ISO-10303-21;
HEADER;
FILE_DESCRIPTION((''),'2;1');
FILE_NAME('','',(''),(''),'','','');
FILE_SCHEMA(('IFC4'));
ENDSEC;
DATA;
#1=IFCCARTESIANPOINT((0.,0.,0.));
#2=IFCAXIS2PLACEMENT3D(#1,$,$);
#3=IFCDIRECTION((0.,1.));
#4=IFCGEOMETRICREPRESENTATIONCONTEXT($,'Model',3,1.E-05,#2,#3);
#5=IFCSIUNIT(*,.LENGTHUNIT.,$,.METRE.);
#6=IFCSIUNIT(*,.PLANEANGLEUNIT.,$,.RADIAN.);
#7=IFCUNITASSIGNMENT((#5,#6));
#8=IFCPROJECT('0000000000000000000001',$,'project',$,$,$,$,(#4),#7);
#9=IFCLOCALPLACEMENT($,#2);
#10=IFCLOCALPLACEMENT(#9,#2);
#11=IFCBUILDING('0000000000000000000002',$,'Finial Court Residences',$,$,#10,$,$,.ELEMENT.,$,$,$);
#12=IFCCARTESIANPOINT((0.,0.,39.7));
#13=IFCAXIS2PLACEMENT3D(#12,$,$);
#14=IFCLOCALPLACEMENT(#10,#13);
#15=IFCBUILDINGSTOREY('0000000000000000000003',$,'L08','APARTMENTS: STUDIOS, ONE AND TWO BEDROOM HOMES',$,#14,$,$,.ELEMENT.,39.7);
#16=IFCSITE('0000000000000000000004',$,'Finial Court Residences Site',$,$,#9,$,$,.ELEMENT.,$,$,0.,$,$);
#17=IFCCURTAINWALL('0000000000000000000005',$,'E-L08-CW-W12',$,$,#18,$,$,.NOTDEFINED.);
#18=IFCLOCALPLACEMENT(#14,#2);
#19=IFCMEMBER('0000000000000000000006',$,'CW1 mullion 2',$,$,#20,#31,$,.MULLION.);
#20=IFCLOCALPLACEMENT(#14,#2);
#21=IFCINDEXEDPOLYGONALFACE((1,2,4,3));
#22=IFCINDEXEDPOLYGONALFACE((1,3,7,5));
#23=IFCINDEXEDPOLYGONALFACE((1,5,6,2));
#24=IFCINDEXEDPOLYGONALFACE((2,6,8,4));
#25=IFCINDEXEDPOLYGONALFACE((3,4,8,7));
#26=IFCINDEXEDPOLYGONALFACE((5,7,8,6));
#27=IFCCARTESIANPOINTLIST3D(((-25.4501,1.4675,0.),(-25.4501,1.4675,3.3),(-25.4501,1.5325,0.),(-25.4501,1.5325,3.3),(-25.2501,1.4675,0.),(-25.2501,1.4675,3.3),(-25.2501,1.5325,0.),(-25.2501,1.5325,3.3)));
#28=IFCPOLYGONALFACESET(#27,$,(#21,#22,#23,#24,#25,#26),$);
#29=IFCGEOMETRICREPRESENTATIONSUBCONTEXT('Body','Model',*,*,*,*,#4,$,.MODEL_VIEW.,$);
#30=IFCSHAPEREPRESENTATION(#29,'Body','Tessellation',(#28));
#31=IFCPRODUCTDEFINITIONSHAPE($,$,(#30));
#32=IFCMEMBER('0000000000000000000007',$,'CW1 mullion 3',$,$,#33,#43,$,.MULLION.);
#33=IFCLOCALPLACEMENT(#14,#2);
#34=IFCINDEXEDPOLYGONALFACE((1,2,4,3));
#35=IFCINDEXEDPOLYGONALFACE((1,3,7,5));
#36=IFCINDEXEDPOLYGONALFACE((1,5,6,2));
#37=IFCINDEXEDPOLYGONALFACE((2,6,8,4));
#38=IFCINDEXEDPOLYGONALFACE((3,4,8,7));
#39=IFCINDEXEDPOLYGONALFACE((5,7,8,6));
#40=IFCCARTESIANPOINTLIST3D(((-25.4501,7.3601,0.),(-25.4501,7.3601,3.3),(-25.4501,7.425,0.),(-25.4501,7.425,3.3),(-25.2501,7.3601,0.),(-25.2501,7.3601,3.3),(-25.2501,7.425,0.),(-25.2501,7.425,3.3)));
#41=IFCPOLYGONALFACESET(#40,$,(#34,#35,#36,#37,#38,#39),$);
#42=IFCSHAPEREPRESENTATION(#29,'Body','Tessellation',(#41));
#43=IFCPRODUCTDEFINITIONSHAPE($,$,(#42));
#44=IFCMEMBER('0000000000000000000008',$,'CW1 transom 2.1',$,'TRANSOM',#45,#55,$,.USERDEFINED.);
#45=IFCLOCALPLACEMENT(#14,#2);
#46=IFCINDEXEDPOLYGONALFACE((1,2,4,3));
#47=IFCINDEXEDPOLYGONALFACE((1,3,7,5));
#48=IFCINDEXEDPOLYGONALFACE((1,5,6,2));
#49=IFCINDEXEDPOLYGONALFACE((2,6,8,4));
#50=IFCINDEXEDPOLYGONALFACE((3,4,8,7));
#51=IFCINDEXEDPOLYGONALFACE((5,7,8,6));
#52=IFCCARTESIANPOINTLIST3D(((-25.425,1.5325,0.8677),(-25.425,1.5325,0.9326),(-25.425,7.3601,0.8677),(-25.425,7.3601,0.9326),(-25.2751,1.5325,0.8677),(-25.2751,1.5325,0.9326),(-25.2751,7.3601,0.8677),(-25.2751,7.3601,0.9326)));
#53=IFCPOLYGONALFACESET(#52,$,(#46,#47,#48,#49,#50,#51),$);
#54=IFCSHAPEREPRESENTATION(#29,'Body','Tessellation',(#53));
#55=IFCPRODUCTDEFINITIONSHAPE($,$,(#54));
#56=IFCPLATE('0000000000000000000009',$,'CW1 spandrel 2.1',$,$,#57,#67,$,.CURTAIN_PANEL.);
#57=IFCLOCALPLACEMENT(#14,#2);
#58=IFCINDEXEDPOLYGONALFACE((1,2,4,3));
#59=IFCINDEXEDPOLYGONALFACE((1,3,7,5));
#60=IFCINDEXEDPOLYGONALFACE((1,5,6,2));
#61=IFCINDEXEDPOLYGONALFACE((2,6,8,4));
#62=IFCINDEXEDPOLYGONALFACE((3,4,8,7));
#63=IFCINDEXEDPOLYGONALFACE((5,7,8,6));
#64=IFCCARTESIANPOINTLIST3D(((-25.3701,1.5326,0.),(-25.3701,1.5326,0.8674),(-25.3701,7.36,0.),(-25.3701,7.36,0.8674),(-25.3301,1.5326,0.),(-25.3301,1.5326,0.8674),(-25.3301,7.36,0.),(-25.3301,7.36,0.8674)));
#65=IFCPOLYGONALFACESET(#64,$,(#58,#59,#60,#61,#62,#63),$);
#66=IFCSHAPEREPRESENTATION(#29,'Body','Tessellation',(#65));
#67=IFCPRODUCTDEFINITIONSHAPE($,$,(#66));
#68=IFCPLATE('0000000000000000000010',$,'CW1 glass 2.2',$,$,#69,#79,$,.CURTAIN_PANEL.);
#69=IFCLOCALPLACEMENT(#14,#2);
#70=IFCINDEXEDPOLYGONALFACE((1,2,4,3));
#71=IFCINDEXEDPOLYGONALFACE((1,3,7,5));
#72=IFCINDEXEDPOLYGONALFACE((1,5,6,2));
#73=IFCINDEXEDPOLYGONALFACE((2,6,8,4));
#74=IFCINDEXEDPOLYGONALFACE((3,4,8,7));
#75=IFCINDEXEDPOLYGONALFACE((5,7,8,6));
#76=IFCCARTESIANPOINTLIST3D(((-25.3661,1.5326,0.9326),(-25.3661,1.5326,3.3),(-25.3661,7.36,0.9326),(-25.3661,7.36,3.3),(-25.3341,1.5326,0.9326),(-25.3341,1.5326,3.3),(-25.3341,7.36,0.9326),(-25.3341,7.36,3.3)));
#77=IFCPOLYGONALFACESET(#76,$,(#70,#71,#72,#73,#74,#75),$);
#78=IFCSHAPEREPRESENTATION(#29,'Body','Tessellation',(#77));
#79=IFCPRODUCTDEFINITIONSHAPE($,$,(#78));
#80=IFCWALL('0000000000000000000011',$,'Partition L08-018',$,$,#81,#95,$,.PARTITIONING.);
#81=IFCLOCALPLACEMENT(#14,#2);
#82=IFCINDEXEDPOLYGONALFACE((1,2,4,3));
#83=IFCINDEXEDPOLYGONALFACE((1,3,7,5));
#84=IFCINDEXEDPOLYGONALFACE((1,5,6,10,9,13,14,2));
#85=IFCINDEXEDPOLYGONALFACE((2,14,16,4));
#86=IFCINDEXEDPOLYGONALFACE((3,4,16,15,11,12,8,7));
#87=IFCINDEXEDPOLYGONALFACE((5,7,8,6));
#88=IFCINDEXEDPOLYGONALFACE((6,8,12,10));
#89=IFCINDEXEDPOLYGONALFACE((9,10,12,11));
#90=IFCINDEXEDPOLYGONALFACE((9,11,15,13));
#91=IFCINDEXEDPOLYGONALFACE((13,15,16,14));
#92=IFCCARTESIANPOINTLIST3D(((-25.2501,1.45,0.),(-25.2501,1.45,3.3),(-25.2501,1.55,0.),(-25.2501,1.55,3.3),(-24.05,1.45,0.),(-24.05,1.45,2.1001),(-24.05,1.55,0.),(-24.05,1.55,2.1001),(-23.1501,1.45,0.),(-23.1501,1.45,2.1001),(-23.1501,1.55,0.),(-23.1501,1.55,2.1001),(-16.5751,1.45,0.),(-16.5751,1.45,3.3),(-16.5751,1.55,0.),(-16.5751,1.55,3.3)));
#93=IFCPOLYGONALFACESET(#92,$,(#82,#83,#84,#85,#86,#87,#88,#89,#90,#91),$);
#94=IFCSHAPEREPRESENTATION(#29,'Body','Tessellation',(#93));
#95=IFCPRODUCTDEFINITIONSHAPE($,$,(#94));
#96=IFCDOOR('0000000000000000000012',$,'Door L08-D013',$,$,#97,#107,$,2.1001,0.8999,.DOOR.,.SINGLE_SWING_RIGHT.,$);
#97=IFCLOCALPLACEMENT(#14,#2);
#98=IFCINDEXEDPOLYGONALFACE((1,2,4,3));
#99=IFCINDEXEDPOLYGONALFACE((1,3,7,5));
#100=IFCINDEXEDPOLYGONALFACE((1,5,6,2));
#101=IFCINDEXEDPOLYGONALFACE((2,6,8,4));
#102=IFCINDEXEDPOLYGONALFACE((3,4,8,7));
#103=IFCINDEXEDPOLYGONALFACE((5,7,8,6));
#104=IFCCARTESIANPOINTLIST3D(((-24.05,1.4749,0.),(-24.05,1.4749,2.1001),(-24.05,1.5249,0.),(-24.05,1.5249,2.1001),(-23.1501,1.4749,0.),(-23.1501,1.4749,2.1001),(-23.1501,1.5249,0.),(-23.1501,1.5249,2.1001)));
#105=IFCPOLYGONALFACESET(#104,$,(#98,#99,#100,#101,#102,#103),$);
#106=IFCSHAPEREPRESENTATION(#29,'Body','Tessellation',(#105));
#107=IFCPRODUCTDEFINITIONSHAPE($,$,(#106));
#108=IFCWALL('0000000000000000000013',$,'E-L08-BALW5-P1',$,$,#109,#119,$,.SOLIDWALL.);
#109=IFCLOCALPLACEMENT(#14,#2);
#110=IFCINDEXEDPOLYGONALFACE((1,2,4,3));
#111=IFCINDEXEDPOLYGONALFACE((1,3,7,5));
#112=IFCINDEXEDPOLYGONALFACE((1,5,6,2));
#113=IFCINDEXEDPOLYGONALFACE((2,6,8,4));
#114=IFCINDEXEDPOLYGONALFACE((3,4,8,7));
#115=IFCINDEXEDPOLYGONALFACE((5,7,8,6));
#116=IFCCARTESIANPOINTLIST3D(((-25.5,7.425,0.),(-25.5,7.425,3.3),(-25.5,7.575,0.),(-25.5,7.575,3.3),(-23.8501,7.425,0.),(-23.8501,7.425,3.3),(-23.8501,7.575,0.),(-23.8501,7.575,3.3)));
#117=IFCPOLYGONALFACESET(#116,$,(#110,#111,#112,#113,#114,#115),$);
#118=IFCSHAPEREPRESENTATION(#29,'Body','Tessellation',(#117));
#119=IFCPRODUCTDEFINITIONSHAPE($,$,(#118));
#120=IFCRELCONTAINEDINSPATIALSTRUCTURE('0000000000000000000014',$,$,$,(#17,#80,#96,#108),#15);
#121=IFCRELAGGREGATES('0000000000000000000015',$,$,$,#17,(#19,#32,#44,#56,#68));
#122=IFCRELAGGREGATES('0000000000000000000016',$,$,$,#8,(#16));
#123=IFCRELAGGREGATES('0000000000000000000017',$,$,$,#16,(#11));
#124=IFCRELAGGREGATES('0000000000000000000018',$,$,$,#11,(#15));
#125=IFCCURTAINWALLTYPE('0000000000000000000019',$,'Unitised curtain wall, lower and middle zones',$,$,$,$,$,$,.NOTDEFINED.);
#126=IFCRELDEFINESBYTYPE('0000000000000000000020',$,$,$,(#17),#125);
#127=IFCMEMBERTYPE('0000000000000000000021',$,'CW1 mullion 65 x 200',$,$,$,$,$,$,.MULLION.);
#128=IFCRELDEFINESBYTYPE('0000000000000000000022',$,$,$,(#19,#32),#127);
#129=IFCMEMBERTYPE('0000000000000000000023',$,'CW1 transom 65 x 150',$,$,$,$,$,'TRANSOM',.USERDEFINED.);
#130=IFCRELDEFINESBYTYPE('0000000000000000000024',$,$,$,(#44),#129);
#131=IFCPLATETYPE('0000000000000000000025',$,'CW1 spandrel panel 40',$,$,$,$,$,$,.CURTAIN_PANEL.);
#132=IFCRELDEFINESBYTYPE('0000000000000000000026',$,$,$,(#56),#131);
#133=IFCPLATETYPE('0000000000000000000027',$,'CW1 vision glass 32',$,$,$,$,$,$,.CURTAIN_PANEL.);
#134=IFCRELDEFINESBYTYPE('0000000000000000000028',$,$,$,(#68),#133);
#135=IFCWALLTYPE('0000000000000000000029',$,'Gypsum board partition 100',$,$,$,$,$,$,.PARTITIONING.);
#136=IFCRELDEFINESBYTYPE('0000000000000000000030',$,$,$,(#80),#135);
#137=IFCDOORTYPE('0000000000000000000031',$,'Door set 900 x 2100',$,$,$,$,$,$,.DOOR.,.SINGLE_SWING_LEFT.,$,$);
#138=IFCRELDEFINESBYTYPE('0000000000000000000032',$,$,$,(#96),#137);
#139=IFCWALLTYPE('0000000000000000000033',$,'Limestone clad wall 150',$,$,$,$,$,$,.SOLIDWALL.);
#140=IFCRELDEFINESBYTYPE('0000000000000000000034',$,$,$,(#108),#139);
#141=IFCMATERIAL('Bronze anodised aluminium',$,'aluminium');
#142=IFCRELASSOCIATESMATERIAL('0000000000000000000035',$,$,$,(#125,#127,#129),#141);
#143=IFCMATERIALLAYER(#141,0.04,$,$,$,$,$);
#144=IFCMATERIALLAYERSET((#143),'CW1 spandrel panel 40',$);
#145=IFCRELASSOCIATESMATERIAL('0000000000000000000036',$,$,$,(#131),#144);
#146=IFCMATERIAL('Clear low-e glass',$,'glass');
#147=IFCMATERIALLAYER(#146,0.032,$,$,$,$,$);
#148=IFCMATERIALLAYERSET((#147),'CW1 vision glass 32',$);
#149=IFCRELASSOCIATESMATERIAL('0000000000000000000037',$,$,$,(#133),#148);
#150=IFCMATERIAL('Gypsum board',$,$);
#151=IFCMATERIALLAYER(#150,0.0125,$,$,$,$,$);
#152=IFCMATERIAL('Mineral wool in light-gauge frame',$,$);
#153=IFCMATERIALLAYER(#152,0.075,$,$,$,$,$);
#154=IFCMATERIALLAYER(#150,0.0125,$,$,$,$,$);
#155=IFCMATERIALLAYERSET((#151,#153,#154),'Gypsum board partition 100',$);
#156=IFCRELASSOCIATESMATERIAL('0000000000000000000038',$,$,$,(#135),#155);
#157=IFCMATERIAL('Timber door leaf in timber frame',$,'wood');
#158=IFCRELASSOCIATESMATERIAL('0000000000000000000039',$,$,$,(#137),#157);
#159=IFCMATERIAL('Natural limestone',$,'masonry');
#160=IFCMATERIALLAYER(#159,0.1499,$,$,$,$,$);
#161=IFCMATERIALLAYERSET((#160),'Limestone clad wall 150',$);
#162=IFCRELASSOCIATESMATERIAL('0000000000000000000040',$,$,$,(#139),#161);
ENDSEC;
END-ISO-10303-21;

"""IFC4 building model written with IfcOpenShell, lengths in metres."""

from ifc_helpers import new_model, si_unit, direction, frame, frame_2d, origin, origin_2d, place, context, subcontext, project, spatial, rectangle, extrude, material, layer, layer_set, material_profile, profile_set, type_object, element, fill, aggregate, save


model = new_model("IFC4")

# Units and contexts
model_context = context("Model", 3, precision=1e-05, world=origin(), true_north=direction((0.0, 1.0)))
body_context = subcontext(model_context, "Body", "Model", "MODEL_VIEW")
ifc_project = project(units=[si_unit("LENGTHUNIT", "METRE"), si_unit("PLANEANGLEUNIT", "RADIAN")], contexts=[model_context])

# Site, building, storey
site_placement = place(None, origin())
site = spatial("IfcSite", under=ifc_project, at=site_placement, Name="Finial Court Residences Site", CompositionType="ELEMENT", RefElevation=0.0)
building_placement = place(site_placement, origin())
building = spatial("IfcBuilding", under=site, at=building_placement, Name="Finial Court Residences", CompositionType="ELEMENT")
storey_placement = place(building_placement, frame((0.0, 0.0, 39.7)))
storey = spatial("IfcBuildingStorey", under=building, at=storey_placement, Name="L08", Description="APARTMENTS: STUDIOS, ONE AND TWO BEDROOM HOMES", CompositionType="ELEMENT", Elevation=39.7)

# Curtain wall, members, plates
ifc_material_1 = material(Name="Bronze anodised aluminium", Category="aluminium")
curtain_wall_type = type_object("IfcCurtainWallType", Name="Unitised curtain wall, lower and middle zones", PredefinedType="NOTDEFINED", material=ifc_material_1)
curtain_wall_placement = place(storey_placement, origin())
curtain_wall = element("IfcCurtainWall", 1, at=curtain_wall_placement, inside=storey, type_object=curtain_wall_type, Name="E-L08-CW-W12", PredefinedType="NOTDEFINED")
ifc_material_profile_1 = material_profile(ifc_material_1, rectangle(XDim=0.2, YDim=0.0649, at=origin_2d()), Name="CW1 mullion 65 x 200")
ifc_profile_set_1 = profile_set([ifc_material_profile_1], Name="Bronze anodised aluminium")
member_type_1 = type_object("IfcMemberType", Name="CW1 mullion 65 x 200", PredefinedType="MULLION", material=ifc_profile_set_1)
member_1_placement = place(storey_placement, frame((-25.3501, 1.5, 0.0), z_axis=(0.0, 0.0, 1.0), x_axis=(-1.0, 0.0, 0.0)))
member_1 = element("IfcMember", 2, at=member_1_placement, type_object=member_type_1, Name="CW1 mullion 2", PredefinedType="MULLION", context=body_context, shape_type="SweptSolid", body=[
    extrude(rectangle(XDim=0.2, YDim=0.0649, at=origin_2d()), origin(), (0.0, 0.0, 1.0), 3.3),
])
member_2_placement = place(storey_placement, frame((-25.3501, 7.3926, 0.0), z_axis=(0.0, 0.0, 1.0), x_axis=(-1.0, 0.0, 0.0)))
member_2 = element("IfcMember", 3, at=member_2_placement, type_object=member_type_1, Name="CW1 mullion 3", PredefinedType="MULLION", context=body_context, shape_type="SweptSolid", body=[
    extrude(rectangle(XDim=0.2, YDim=0.0649, at=origin_2d()), origin(), (0.0, 0.0, 1.0), 3.3),
])
ifc_material_profile_2 = material_profile(ifc_material_1, rectangle(XDim=0.1499, YDim=0.0649, at=origin_2d()), Name="CW1 transom 65 x 150")
ifc_profile_set_2 = profile_set([ifc_material_profile_2], Name="Bronze anodised aluminium")
member_type_2 = type_object("IfcMemberType", Name="CW1 transom 65 x 150", ElementType="TRANSOM", PredefinedType="USERDEFINED", material=ifc_profile_set_2)
member_3_placement = place(storey_placement, frame((-25.3501, 1.5325, 0.9001), z_axis=(0.0, 1.0, 0.0), x_axis=(-1.0, 0.0, 0.0)))
member_3 = element("IfcMember", 4, at=member_3_placement, type_object=member_type_2, Name="CW1 transom 2.1", ObjectType="TRANSOM", PredefinedType="USERDEFINED", context=body_context, shape_type="SweptSolid", body=[
    extrude(rectangle(XDim=0.1499, YDim=0.0649, at=origin_2d()), origin(), (0.0, 0.0, 1.0), 5.8276),
])
ifc_layer_1 = layer(ifc_material_1, 0.04)
ifc_layer_set_1 = layer_set([ifc_layer_1], Name="CW1 spandrel panel 40")
plate_type_1 = type_object("IfcPlateType", Name="CW1 spandrel panel 40", PredefinedType="CURTAIN_PANEL", material=ifc_layer_set_1)
plate_1_placement = place(storey_placement, frame((-25.3501, 4.4463, 0.0), z_axis=(0.0, 0.0, 1.0), x_axis=(0.0, 1.0, 0.0)))
plate_1 = element("IfcPlate", 5, at=plate_1_placement, type_object=plate_type_1, Name="CW1 spandrel 2.1", PredefinedType="CURTAIN_PANEL", context=body_context, shape_type="SweptSolid", body=[
    extrude(rectangle(XDim=5.8274, YDim=0.04, at=origin_2d()), origin(), (0.0, 0.0, 1.0), 0.8674),
])
ifc_material_2 = material(Name="Clear low-e glass", Category="glass")
ifc_layer_2 = layer(ifc_material_2, 0.032)
ifc_layer_set_2 = layer_set([ifc_layer_2], Name="CW1 vision glass 32")
plate_type_2 = type_object("IfcPlateType", Name="CW1 vision glass 32", PredefinedType="CURTAIN_PANEL", material=ifc_layer_set_2)
plate_2_placement = place(storey_placement, frame((-25.3501, 4.4463, 0.9326), z_axis=(0.0, 0.0, 1.0), x_axis=(0.0, 1.0, 0.0)))
plate_2 = element("IfcPlate", 6, at=plate_2_placement, type_object=plate_type_2, Name="CW1 glass 2.2", PredefinedType="CURTAIN_PANEL", context=body_context, shape_type="SweptSolid", body=[
    extrude(rectangle(XDim=5.8274, YDim=0.032, at=origin_2d()), origin(), (0.0, 0.0, 1.0), 2.3674),
])
aggregate(curtain_wall, [member_1, member_2, member_3, plate_1, plate_2])

# Wall, opening, door
ifc_material_3 = material(Name="Gypsum board")
ifc_layer_3 = layer(ifc_material_3, 0.0125)
ifc_material_4 = material(Name="Mineral wool in light-gauge frame")
ifc_layer_4 = layer(ifc_material_4, 0.075)
ifc_layer_5 = layer(ifc_material_3, 0.0125)
ifc_layer_set_3 = layer_set([ifc_layer_3, ifc_layer_4, ifc_layer_5], Name="Gypsum board partition 100")
wall_type_1 = type_object("IfcWallType", Name="Gypsum board partition 100", PredefinedType="PARTITIONING", material=ifc_layer_set_3)
wall_1_placement = place(storey_placement, frame((-25.25, 1.5, 0.0), z_axis=(0.0, 0.0, 1.0), x_axis=(1.0, 0.0, 0.0)))
wall_1 = element("IfcWall", 7, at=wall_1_placement, inside=storey, type_object=wall_type_1, Name="Partition L08-018", PredefinedType="PARTITIONING", context=body_context, shape_type="SweptSolid", body=[
    extrude(rectangle(XDim=8.675, YDim=0.1001, at=frame_2d((4.3374, 0.0))), origin(), (0.0, 0.0, 1.0), 3.3),
])
opening_placement = place(wall_1_placement, frame((1.2, 0.0, 0.0)))
opening = element("IfcOpeningElement", 8, at=opening_placement, cuts=wall_1, PredefinedType="OPENING", context=body_context, shape_type="SweptSolid", body=[
    extrude(rectangle(XDim=0.8999, YDim=2.1001, at=frame_2d((0.45, 1.05))), frame((0.0, 0.0601, 0.0), z_axis=(0.0, -1.0, 0.0), x_axis=(1.0, 0.0, 0.0)), (0.0, 0.0, 1.0), 0.1201),
])
ifc_material_5 = material(Name="Timber door leaf in timber frame", Category="wood")
door_type = type_object("IfcDoorType", Name="Door set 900 x 2100", OperationType="SINGLE_SWING_LEFT", PredefinedType="DOOR", material=ifc_material_5)
door_placement = place(opening_placement, origin())
door = element("IfcDoor", 9, at=door_placement, inside=storey, type_object=door_type, Name="Door L08-D013", OperationType="SINGLE_SWING_RIGHT", OverallHeight=2.1001, OverallWidth=0.8999, PredefinedType="DOOR", context=body_context, shape_type="SweptSolid", body=[
    extrude(rectangle(XDim=0.8999, YDim=2.1001, at=frame_2d((0.45, 1.05))), frame((0.0, 0.0249, 0.0), z_axis=(0.0, -1.0, 0.0), x_axis=(1.0, 0.0, 0.0)), (0.0, 0.0, 1.0), 0.05),
])
fill(opening, door)

# Wall
ifc_material_6 = material(Name="Natural limestone", Category="masonry")
ifc_layer_6 = layer(ifc_material_6, 0.1499)
ifc_layer_set_4 = layer_set([ifc_layer_6], Name="Limestone clad wall 150")
wall_type_2 = type_object("IfcWallType", Name="Limestone clad wall 150", PredefinedType="SOLIDWALL", material=ifc_layer_set_4)
wall_2_placement = place(storey_placement, frame((-23.8501, 7.5, 0.0), z_axis=(0.0, 0.0, 1.0), x_axis=(-1.0, 0.0, 0.0)))
element("IfcWall", 10, at=wall_2_placement, inside=storey, type_object=wall_type_2, Name="E-L08-BALW5-P1", PredefinedType="SOLIDWALL", context=body_context, shape_type="SweptSolid", body=[
    extrude(rectangle(XDim=1.6499, YDim=0.1499, at=frame_2d((0.825, 0.0))), origin(), (0.0, 0.0, 1.0), 3.3),
])

save(model, "model.ifc")
